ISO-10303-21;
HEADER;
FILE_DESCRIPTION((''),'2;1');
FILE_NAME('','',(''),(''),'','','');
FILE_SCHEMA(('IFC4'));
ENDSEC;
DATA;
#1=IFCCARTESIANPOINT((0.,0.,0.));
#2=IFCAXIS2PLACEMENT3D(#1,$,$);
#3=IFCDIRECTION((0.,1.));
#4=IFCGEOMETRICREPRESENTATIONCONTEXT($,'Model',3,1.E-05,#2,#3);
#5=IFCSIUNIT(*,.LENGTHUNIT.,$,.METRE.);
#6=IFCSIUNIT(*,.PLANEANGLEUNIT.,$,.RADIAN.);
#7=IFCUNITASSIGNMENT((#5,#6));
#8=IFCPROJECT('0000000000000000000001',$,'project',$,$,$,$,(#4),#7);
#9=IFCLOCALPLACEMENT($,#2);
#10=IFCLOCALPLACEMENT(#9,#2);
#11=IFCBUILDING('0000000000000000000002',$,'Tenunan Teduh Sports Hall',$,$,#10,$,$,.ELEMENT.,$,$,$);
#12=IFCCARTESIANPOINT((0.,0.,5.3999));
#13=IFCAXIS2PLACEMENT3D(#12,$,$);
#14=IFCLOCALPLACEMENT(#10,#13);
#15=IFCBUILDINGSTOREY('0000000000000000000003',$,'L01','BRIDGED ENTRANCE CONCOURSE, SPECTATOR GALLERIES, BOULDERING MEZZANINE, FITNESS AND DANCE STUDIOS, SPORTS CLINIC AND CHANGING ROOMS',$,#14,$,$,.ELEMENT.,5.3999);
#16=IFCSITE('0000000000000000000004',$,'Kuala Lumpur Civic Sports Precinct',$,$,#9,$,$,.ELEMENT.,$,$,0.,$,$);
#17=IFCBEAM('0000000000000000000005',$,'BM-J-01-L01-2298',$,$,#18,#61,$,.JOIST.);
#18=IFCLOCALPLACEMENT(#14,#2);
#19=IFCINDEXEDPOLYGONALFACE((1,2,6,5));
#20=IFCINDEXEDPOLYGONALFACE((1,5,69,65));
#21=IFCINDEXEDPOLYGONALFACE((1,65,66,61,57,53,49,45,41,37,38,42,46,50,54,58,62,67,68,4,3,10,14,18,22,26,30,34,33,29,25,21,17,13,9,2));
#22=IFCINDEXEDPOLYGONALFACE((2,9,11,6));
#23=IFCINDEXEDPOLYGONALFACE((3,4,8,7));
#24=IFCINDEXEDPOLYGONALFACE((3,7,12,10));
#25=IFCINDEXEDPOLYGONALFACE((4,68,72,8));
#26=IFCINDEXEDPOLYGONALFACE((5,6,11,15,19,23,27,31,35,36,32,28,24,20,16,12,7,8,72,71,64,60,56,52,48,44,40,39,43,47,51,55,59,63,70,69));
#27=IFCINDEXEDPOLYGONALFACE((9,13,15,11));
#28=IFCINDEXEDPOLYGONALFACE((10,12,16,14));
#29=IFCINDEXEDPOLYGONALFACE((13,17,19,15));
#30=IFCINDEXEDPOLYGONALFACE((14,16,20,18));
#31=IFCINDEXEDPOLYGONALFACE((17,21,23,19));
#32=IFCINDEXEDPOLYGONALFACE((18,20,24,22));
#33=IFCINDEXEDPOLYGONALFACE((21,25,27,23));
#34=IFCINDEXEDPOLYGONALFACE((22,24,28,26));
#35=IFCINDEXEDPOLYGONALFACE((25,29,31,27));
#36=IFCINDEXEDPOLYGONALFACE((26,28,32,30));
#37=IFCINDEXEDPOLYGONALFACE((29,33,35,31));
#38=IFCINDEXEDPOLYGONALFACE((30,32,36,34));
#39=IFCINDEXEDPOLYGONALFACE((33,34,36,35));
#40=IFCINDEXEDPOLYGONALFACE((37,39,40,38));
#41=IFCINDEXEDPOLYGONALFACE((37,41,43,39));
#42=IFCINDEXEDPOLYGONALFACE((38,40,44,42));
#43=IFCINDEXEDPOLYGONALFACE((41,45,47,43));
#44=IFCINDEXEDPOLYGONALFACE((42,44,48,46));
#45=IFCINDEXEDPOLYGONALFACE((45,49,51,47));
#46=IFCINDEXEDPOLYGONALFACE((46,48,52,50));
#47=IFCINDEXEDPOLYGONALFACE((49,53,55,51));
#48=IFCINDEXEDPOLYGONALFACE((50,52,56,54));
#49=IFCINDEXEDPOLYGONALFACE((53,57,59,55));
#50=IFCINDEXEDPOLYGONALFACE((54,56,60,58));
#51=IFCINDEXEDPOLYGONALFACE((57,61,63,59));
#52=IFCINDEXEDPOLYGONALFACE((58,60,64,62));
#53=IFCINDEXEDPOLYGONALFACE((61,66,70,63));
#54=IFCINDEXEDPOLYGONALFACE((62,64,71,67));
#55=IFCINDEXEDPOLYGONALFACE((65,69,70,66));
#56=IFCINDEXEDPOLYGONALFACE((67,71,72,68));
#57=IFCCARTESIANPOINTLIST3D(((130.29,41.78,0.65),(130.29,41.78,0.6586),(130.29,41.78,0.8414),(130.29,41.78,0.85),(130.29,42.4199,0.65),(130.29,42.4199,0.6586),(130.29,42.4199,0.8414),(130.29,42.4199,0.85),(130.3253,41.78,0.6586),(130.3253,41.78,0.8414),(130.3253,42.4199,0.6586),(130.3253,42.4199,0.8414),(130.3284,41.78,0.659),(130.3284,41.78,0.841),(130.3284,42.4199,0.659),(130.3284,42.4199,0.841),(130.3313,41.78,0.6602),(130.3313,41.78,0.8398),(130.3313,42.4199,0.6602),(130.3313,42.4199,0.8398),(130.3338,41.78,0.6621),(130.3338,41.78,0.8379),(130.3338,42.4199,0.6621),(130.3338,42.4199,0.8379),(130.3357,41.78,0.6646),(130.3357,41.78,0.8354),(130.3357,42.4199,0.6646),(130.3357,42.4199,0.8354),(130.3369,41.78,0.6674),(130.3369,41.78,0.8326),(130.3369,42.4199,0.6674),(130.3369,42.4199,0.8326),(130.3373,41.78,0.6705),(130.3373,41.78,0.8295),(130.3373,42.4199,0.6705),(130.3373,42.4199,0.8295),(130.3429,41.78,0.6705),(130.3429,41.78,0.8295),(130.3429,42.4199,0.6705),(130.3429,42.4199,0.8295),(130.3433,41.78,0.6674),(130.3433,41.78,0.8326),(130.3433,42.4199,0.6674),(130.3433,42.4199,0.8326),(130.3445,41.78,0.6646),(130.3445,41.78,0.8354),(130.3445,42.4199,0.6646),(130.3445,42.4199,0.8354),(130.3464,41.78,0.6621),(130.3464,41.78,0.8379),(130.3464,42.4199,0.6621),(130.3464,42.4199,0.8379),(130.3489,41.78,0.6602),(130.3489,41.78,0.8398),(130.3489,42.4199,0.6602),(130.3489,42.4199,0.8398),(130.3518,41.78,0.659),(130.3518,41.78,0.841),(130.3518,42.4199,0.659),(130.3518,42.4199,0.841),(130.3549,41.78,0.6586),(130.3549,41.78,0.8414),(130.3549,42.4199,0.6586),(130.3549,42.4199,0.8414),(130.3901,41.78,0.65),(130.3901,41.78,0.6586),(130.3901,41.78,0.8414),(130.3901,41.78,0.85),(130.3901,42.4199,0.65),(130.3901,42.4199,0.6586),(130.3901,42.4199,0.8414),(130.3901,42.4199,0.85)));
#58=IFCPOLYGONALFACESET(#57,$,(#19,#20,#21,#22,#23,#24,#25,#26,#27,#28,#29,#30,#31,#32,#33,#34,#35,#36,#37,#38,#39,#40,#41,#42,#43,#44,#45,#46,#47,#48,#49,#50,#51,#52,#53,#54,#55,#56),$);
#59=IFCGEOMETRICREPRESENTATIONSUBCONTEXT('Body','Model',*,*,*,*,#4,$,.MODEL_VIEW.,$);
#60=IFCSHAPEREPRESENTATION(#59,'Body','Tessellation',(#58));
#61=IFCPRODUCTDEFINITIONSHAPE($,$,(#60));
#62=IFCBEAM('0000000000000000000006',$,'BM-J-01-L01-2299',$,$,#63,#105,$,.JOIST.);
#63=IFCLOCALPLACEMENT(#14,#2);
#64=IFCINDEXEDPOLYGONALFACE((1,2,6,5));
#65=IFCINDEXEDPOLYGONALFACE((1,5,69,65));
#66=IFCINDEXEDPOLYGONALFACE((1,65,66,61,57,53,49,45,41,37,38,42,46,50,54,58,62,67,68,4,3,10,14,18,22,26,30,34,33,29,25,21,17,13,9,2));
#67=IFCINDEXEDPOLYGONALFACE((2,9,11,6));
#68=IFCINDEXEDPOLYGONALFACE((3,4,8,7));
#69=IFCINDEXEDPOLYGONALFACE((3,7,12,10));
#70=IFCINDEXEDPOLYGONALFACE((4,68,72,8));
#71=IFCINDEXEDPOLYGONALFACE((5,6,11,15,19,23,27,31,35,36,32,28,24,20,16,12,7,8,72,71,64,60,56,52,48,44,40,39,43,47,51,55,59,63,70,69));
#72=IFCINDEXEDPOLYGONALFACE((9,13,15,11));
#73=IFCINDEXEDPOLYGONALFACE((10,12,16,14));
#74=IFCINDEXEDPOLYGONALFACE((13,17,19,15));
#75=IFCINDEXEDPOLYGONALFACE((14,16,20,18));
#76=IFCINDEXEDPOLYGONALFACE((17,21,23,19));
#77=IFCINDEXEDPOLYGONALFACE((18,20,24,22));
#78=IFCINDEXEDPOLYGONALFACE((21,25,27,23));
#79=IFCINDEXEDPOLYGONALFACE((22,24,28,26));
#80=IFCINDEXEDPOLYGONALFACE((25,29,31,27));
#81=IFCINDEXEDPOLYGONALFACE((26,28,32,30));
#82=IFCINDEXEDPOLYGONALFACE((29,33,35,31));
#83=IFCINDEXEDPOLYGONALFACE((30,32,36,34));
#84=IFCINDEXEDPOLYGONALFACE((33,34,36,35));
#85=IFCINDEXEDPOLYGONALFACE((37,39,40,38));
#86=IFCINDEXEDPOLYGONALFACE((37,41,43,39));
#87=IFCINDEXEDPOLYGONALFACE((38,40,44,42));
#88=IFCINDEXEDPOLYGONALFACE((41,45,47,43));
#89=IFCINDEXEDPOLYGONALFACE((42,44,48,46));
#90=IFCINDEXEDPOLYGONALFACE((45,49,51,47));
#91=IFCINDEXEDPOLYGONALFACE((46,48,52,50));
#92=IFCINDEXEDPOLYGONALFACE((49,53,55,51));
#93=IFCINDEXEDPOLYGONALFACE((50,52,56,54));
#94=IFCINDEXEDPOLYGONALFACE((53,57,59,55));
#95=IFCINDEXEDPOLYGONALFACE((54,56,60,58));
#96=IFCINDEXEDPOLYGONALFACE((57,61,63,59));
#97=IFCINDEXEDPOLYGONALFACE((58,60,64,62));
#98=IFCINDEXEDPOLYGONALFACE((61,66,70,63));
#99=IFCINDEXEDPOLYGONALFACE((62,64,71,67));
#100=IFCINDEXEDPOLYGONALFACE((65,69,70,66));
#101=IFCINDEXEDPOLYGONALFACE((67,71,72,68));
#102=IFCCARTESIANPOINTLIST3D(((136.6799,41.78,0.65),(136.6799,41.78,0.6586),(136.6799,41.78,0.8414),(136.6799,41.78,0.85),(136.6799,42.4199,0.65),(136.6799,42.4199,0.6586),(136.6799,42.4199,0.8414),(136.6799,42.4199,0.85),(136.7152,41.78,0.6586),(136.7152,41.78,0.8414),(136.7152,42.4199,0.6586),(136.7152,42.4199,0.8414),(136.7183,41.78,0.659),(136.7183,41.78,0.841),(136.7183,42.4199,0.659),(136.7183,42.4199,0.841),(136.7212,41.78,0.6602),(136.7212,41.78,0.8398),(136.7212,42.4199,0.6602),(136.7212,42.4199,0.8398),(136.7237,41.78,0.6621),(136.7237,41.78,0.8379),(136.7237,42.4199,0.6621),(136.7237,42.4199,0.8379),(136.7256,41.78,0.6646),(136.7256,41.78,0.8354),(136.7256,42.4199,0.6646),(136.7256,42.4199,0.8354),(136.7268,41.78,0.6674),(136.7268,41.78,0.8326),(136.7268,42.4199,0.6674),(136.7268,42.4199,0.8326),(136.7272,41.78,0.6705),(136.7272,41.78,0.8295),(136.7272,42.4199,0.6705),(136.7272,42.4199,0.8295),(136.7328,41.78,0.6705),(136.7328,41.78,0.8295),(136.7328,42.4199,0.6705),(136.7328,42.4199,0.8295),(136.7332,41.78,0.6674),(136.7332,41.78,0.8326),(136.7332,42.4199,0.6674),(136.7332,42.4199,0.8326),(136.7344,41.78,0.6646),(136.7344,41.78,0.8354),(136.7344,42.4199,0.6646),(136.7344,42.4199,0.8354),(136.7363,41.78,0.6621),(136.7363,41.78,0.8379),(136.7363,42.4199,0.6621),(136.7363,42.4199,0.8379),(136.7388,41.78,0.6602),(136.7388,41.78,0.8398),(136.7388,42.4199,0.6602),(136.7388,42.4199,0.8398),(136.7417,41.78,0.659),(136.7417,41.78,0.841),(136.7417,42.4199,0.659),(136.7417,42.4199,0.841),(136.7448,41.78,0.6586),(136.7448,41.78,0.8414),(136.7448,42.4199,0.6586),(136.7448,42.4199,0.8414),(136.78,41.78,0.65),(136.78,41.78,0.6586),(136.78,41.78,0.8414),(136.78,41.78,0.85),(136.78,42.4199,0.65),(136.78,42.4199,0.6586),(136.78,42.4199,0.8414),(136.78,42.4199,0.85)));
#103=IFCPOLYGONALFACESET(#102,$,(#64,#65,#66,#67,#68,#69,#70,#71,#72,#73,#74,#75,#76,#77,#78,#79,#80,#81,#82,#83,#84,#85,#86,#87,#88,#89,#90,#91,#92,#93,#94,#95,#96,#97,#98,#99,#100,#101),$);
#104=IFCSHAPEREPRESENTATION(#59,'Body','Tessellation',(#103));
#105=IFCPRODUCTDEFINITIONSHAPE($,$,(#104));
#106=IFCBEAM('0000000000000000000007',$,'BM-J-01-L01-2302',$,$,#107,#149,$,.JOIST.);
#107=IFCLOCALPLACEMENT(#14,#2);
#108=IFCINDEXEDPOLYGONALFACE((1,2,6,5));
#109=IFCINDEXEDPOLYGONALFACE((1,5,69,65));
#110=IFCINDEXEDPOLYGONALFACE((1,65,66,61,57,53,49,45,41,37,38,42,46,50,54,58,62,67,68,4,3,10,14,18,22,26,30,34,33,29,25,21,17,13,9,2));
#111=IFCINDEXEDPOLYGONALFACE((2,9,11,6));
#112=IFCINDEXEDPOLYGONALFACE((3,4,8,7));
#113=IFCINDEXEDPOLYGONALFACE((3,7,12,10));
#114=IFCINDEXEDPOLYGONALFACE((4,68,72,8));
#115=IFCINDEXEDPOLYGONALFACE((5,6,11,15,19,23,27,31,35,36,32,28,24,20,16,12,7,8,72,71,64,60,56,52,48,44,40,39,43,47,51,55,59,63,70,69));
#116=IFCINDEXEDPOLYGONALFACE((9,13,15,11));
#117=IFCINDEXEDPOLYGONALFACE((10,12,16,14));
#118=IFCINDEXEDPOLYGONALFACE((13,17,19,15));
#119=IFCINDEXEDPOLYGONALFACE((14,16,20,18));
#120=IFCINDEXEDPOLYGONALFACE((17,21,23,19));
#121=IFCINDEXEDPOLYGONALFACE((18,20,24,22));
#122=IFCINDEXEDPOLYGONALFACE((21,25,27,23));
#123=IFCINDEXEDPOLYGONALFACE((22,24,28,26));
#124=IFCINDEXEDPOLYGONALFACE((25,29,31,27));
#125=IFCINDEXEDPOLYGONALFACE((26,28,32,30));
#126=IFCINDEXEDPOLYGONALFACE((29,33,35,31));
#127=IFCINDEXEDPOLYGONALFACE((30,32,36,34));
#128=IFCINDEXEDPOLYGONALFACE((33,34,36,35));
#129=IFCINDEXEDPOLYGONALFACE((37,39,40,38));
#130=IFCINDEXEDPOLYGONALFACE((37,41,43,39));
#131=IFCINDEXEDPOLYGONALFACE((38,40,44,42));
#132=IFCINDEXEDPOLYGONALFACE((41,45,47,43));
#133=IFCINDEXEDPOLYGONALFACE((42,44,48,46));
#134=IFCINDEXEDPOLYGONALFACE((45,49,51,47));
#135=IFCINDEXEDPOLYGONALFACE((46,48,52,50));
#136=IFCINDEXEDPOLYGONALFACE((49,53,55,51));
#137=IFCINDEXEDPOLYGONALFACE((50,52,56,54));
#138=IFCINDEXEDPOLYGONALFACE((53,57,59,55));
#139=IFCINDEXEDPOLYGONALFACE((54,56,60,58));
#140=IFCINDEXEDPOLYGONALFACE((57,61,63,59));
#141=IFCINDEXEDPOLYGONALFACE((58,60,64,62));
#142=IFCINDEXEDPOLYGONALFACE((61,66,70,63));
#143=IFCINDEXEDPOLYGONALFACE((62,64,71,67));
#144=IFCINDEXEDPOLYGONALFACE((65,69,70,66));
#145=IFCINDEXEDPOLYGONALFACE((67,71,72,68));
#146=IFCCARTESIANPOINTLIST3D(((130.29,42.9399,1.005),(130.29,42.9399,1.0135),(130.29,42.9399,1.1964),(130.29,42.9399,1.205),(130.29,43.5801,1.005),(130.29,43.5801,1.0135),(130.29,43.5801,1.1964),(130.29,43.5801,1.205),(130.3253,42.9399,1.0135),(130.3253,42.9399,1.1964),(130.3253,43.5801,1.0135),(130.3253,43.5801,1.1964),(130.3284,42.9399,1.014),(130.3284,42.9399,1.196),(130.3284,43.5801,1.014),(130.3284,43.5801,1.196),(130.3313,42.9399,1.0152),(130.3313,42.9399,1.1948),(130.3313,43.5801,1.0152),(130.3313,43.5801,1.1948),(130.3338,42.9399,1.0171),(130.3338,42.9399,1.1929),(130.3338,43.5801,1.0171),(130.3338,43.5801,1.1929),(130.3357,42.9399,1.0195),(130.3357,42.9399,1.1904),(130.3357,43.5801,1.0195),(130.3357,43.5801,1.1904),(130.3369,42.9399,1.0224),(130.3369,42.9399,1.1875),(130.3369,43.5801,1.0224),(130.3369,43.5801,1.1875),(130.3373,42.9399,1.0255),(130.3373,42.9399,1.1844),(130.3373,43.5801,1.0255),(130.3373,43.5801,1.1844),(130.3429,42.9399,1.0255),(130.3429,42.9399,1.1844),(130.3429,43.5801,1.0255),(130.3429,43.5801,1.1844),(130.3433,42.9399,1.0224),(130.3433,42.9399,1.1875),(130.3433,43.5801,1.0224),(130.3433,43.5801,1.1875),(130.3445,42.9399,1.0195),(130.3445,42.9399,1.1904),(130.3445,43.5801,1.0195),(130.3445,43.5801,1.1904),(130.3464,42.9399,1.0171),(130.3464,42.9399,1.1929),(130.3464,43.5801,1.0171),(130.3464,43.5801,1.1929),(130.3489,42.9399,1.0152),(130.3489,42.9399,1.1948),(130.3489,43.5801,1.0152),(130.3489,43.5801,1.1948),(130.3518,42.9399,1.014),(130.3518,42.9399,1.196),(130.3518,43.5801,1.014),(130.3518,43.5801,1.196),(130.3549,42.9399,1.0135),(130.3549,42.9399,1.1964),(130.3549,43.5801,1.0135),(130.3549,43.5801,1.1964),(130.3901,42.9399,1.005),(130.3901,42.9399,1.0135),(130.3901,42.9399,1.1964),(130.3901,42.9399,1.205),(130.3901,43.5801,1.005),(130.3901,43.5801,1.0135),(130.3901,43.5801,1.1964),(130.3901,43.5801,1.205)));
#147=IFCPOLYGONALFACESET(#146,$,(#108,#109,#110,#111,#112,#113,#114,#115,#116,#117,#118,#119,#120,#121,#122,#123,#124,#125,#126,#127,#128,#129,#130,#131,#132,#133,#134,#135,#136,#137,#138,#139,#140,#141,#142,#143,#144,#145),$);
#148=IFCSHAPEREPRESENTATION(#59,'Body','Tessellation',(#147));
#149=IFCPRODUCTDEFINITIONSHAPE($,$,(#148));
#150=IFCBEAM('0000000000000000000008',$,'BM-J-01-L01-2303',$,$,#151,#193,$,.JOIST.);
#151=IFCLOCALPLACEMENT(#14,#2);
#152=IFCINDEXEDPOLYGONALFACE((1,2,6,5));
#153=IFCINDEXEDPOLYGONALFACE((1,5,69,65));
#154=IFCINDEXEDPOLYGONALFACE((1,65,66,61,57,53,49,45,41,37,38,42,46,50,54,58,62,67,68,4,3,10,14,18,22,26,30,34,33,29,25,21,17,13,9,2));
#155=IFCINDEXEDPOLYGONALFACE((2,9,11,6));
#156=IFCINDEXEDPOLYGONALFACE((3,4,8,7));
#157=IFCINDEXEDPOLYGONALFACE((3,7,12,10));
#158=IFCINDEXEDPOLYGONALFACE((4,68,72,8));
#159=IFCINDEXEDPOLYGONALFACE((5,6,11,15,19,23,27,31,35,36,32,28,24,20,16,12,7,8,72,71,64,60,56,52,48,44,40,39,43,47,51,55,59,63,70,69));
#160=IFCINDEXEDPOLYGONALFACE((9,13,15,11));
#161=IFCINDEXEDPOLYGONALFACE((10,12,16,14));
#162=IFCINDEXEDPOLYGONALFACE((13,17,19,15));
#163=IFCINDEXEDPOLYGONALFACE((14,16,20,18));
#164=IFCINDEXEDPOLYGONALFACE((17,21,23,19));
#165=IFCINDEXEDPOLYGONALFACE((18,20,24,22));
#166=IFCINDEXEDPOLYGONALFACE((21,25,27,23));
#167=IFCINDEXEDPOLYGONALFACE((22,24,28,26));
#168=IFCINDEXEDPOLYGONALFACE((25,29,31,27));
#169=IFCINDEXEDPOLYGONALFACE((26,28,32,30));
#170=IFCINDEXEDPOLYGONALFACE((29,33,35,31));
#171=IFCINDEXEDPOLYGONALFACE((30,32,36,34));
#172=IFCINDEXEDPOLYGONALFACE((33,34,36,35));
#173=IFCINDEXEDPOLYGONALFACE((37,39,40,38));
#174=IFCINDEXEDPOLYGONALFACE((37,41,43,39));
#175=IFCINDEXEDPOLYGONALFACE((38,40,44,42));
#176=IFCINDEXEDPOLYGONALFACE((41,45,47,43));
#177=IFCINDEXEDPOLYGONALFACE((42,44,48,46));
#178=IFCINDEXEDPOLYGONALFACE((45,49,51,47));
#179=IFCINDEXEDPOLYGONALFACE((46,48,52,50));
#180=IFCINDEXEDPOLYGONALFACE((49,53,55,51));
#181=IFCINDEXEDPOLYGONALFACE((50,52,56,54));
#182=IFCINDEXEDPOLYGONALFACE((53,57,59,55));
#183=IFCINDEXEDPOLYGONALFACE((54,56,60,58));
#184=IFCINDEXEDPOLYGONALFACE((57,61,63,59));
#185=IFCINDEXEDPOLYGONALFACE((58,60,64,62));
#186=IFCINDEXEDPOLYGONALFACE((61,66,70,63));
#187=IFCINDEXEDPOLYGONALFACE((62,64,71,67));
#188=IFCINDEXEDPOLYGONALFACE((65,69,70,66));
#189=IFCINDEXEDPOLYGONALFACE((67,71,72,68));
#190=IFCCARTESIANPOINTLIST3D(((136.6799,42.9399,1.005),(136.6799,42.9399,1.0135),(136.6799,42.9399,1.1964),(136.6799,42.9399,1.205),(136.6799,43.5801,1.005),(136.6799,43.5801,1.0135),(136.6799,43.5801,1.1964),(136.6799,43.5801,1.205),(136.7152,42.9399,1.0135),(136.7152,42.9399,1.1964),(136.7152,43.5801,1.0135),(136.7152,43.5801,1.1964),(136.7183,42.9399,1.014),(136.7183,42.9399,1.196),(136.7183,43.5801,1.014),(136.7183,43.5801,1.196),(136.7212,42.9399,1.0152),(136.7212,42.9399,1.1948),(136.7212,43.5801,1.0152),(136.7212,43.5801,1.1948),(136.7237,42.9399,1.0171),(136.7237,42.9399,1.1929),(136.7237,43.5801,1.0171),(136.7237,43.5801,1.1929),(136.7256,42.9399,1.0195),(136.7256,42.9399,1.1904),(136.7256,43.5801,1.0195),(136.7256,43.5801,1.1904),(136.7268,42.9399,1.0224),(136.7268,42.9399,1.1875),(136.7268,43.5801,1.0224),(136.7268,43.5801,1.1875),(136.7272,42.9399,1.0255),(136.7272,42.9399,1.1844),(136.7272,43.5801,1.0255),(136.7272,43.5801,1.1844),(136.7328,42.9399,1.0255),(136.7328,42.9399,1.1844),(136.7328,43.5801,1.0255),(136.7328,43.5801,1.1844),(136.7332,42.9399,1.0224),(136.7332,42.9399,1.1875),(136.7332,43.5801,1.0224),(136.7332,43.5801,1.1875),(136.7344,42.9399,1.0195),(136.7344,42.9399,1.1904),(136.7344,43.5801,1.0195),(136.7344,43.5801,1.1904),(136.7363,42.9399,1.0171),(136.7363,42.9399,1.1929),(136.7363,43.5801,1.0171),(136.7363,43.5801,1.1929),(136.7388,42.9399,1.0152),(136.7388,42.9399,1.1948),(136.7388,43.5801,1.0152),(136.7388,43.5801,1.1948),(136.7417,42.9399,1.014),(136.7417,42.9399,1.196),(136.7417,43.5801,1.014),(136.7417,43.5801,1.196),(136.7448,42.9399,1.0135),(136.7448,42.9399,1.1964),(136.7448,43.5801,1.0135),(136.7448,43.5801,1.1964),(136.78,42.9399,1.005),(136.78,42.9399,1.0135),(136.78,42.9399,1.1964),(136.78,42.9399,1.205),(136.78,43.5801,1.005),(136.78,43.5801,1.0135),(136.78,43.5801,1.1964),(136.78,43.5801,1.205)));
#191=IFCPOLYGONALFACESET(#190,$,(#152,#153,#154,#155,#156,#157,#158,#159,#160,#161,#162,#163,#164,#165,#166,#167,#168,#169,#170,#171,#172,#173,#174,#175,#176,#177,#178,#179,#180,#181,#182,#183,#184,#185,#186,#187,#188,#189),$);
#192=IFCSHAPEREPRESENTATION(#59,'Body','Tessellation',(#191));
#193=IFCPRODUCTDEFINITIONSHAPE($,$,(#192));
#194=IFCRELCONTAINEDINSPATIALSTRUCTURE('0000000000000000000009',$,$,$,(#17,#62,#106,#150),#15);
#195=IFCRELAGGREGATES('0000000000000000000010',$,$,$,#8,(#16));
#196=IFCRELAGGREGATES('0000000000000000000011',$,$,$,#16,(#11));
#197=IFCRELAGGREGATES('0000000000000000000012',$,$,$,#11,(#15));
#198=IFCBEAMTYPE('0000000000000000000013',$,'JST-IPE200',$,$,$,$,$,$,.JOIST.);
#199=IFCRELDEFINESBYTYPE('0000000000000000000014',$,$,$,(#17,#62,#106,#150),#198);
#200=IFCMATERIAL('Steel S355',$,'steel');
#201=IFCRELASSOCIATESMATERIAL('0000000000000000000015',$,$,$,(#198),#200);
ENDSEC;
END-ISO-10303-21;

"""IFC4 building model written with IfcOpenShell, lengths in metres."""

from ifc_helpers import new_model, si_unit, direction, frame, origin, origin_2d, place, context, subcontext, project, spatial, i_section, extrude, material, material_profile, profile_set, type_object, element, save


model = new_model("IFC4")

# Units and contexts
model_context = context("Model", 3, precision=1e-05, world=origin(), true_north=direction((0.0, 1.0)))
body_context = subcontext(model_context, "Body", "Model", "MODEL_VIEW")
ifc_project = project(units=[si_unit("LENGTHUNIT", "METRE"), si_unit("PLANEANGLEUNIT", "RADIAN")], contexts=[model_context])

# Site, building, storey
site_placement = place(None, origin())
site = spatial("IfcSite", under=ifc_project, at=site_placement, Name="Kuala Lumpur Civic Sports Precinct", CompositionType="ELEMENT", RefElevation=0.0)
building_placement = place(site_placement, origin())
building = spatial("IfcBuilding", under=site, at=building_placement, Name="Tenunan Teduh Sports Hall", CompositionType="ELEMENT")
storey_placement = place(building_placement, frame((0.0, 0.0, 5.3999)))
storey = spatial("IfcBuildingStorey", under=building, at=storey_placement, Name="L01", Description="BRIDGED ENTRANCE CONCOURSE, SPECTATOR GALLERIES, BOULDERING MEZZANINE, FITNESS AND DANCE STUDIOS, SPORTS CLINIC AND CHANGING ROOMS", CompositionType="ELEMENT", Elevation=5.3999)

# Beams
ifc_material_1 = material(Name="Steel S355", Category="steel")
ifc_material_profile_1 = material_profile(ifc_material_1, i_section(OverallWidth=0.1001, OverallDepth=0.2, WebThickness=0.0056, FlangeThickness=0.0085, FilletRadius=0.012, at=origin_2d()), Name="IPE 200")
ifc_profile_set_1 = profile_set([ifc_material_profile_1], Name="Steel S355")
beam_type_1 = type_object("IfcBeamType", Name="JST-IPE200", PredefinedType="JOIST", material=ifc_profile_set_1)
for number, where, z_axis, x_axis, name in (
    (1, (130.3401, 41.78, 0.75), (0.0, 1.0, 0.0), (-1.0, 0.0, 0.0), "BM-J-01-L01-2298"),
    (2, (136.73, 41.78, 0.75), (0.0, 1.0, 0.0), (-1.0, 0.0, 0.0), "BM-J-01-L01-2299"),
):
    element("IfcBeam", number, at=place(storey_placement, frame(where, z_axis=z_axis, x_axis=x_axis)), inside=storey, type_object=beam_type_1, Name=name, PredefinedType="JOIST", context=body_context, shape_type="SweptSolid", body=[
        extrude(i_section(OverallWidth=0.1001, OverallDepth=0.2, WebThickness=0.0056, FlangeThickness=0.0085, FilletRadius=0.012, at=origin_2d()), origin(), (0.0, 0.0, 1.0), 0.6399),
    ])
for number, where, z_axis, x_axis, name in (
    (3, (130.3401, 42.9399, 1.105), (0.0, 1.0, 0.0), (-1.0, 0.0, 0.0), "BM-J-01-L01-2302"),
    (4, (136.73, 42.9399, 1.105), (0.0, 1.0, 0.0), (-1.0, 0.0, 0.0), "BM-J-01-L01-2303"),
):
    element("IfcBeam", number, at=place(storey_placement, frame(where, z_axis=z_axis, x_axis=x_axis)), inside=storey, type_object=beam_type_1, Name=name, PredefinedType="JOIST", context=body_context, shape_type="SweptSolid", body=[
        extrude(i_section(OverallWidth=0.1001, OverallDepth=0.2, WebThickness=0.0056, FlangeThickness=0.0085, FilletRadius=0.012, at=origin_2d()), origin(), (0.0, 0.0, 1.0), 0.6401),
    ])

save(model, "model.ifc")
